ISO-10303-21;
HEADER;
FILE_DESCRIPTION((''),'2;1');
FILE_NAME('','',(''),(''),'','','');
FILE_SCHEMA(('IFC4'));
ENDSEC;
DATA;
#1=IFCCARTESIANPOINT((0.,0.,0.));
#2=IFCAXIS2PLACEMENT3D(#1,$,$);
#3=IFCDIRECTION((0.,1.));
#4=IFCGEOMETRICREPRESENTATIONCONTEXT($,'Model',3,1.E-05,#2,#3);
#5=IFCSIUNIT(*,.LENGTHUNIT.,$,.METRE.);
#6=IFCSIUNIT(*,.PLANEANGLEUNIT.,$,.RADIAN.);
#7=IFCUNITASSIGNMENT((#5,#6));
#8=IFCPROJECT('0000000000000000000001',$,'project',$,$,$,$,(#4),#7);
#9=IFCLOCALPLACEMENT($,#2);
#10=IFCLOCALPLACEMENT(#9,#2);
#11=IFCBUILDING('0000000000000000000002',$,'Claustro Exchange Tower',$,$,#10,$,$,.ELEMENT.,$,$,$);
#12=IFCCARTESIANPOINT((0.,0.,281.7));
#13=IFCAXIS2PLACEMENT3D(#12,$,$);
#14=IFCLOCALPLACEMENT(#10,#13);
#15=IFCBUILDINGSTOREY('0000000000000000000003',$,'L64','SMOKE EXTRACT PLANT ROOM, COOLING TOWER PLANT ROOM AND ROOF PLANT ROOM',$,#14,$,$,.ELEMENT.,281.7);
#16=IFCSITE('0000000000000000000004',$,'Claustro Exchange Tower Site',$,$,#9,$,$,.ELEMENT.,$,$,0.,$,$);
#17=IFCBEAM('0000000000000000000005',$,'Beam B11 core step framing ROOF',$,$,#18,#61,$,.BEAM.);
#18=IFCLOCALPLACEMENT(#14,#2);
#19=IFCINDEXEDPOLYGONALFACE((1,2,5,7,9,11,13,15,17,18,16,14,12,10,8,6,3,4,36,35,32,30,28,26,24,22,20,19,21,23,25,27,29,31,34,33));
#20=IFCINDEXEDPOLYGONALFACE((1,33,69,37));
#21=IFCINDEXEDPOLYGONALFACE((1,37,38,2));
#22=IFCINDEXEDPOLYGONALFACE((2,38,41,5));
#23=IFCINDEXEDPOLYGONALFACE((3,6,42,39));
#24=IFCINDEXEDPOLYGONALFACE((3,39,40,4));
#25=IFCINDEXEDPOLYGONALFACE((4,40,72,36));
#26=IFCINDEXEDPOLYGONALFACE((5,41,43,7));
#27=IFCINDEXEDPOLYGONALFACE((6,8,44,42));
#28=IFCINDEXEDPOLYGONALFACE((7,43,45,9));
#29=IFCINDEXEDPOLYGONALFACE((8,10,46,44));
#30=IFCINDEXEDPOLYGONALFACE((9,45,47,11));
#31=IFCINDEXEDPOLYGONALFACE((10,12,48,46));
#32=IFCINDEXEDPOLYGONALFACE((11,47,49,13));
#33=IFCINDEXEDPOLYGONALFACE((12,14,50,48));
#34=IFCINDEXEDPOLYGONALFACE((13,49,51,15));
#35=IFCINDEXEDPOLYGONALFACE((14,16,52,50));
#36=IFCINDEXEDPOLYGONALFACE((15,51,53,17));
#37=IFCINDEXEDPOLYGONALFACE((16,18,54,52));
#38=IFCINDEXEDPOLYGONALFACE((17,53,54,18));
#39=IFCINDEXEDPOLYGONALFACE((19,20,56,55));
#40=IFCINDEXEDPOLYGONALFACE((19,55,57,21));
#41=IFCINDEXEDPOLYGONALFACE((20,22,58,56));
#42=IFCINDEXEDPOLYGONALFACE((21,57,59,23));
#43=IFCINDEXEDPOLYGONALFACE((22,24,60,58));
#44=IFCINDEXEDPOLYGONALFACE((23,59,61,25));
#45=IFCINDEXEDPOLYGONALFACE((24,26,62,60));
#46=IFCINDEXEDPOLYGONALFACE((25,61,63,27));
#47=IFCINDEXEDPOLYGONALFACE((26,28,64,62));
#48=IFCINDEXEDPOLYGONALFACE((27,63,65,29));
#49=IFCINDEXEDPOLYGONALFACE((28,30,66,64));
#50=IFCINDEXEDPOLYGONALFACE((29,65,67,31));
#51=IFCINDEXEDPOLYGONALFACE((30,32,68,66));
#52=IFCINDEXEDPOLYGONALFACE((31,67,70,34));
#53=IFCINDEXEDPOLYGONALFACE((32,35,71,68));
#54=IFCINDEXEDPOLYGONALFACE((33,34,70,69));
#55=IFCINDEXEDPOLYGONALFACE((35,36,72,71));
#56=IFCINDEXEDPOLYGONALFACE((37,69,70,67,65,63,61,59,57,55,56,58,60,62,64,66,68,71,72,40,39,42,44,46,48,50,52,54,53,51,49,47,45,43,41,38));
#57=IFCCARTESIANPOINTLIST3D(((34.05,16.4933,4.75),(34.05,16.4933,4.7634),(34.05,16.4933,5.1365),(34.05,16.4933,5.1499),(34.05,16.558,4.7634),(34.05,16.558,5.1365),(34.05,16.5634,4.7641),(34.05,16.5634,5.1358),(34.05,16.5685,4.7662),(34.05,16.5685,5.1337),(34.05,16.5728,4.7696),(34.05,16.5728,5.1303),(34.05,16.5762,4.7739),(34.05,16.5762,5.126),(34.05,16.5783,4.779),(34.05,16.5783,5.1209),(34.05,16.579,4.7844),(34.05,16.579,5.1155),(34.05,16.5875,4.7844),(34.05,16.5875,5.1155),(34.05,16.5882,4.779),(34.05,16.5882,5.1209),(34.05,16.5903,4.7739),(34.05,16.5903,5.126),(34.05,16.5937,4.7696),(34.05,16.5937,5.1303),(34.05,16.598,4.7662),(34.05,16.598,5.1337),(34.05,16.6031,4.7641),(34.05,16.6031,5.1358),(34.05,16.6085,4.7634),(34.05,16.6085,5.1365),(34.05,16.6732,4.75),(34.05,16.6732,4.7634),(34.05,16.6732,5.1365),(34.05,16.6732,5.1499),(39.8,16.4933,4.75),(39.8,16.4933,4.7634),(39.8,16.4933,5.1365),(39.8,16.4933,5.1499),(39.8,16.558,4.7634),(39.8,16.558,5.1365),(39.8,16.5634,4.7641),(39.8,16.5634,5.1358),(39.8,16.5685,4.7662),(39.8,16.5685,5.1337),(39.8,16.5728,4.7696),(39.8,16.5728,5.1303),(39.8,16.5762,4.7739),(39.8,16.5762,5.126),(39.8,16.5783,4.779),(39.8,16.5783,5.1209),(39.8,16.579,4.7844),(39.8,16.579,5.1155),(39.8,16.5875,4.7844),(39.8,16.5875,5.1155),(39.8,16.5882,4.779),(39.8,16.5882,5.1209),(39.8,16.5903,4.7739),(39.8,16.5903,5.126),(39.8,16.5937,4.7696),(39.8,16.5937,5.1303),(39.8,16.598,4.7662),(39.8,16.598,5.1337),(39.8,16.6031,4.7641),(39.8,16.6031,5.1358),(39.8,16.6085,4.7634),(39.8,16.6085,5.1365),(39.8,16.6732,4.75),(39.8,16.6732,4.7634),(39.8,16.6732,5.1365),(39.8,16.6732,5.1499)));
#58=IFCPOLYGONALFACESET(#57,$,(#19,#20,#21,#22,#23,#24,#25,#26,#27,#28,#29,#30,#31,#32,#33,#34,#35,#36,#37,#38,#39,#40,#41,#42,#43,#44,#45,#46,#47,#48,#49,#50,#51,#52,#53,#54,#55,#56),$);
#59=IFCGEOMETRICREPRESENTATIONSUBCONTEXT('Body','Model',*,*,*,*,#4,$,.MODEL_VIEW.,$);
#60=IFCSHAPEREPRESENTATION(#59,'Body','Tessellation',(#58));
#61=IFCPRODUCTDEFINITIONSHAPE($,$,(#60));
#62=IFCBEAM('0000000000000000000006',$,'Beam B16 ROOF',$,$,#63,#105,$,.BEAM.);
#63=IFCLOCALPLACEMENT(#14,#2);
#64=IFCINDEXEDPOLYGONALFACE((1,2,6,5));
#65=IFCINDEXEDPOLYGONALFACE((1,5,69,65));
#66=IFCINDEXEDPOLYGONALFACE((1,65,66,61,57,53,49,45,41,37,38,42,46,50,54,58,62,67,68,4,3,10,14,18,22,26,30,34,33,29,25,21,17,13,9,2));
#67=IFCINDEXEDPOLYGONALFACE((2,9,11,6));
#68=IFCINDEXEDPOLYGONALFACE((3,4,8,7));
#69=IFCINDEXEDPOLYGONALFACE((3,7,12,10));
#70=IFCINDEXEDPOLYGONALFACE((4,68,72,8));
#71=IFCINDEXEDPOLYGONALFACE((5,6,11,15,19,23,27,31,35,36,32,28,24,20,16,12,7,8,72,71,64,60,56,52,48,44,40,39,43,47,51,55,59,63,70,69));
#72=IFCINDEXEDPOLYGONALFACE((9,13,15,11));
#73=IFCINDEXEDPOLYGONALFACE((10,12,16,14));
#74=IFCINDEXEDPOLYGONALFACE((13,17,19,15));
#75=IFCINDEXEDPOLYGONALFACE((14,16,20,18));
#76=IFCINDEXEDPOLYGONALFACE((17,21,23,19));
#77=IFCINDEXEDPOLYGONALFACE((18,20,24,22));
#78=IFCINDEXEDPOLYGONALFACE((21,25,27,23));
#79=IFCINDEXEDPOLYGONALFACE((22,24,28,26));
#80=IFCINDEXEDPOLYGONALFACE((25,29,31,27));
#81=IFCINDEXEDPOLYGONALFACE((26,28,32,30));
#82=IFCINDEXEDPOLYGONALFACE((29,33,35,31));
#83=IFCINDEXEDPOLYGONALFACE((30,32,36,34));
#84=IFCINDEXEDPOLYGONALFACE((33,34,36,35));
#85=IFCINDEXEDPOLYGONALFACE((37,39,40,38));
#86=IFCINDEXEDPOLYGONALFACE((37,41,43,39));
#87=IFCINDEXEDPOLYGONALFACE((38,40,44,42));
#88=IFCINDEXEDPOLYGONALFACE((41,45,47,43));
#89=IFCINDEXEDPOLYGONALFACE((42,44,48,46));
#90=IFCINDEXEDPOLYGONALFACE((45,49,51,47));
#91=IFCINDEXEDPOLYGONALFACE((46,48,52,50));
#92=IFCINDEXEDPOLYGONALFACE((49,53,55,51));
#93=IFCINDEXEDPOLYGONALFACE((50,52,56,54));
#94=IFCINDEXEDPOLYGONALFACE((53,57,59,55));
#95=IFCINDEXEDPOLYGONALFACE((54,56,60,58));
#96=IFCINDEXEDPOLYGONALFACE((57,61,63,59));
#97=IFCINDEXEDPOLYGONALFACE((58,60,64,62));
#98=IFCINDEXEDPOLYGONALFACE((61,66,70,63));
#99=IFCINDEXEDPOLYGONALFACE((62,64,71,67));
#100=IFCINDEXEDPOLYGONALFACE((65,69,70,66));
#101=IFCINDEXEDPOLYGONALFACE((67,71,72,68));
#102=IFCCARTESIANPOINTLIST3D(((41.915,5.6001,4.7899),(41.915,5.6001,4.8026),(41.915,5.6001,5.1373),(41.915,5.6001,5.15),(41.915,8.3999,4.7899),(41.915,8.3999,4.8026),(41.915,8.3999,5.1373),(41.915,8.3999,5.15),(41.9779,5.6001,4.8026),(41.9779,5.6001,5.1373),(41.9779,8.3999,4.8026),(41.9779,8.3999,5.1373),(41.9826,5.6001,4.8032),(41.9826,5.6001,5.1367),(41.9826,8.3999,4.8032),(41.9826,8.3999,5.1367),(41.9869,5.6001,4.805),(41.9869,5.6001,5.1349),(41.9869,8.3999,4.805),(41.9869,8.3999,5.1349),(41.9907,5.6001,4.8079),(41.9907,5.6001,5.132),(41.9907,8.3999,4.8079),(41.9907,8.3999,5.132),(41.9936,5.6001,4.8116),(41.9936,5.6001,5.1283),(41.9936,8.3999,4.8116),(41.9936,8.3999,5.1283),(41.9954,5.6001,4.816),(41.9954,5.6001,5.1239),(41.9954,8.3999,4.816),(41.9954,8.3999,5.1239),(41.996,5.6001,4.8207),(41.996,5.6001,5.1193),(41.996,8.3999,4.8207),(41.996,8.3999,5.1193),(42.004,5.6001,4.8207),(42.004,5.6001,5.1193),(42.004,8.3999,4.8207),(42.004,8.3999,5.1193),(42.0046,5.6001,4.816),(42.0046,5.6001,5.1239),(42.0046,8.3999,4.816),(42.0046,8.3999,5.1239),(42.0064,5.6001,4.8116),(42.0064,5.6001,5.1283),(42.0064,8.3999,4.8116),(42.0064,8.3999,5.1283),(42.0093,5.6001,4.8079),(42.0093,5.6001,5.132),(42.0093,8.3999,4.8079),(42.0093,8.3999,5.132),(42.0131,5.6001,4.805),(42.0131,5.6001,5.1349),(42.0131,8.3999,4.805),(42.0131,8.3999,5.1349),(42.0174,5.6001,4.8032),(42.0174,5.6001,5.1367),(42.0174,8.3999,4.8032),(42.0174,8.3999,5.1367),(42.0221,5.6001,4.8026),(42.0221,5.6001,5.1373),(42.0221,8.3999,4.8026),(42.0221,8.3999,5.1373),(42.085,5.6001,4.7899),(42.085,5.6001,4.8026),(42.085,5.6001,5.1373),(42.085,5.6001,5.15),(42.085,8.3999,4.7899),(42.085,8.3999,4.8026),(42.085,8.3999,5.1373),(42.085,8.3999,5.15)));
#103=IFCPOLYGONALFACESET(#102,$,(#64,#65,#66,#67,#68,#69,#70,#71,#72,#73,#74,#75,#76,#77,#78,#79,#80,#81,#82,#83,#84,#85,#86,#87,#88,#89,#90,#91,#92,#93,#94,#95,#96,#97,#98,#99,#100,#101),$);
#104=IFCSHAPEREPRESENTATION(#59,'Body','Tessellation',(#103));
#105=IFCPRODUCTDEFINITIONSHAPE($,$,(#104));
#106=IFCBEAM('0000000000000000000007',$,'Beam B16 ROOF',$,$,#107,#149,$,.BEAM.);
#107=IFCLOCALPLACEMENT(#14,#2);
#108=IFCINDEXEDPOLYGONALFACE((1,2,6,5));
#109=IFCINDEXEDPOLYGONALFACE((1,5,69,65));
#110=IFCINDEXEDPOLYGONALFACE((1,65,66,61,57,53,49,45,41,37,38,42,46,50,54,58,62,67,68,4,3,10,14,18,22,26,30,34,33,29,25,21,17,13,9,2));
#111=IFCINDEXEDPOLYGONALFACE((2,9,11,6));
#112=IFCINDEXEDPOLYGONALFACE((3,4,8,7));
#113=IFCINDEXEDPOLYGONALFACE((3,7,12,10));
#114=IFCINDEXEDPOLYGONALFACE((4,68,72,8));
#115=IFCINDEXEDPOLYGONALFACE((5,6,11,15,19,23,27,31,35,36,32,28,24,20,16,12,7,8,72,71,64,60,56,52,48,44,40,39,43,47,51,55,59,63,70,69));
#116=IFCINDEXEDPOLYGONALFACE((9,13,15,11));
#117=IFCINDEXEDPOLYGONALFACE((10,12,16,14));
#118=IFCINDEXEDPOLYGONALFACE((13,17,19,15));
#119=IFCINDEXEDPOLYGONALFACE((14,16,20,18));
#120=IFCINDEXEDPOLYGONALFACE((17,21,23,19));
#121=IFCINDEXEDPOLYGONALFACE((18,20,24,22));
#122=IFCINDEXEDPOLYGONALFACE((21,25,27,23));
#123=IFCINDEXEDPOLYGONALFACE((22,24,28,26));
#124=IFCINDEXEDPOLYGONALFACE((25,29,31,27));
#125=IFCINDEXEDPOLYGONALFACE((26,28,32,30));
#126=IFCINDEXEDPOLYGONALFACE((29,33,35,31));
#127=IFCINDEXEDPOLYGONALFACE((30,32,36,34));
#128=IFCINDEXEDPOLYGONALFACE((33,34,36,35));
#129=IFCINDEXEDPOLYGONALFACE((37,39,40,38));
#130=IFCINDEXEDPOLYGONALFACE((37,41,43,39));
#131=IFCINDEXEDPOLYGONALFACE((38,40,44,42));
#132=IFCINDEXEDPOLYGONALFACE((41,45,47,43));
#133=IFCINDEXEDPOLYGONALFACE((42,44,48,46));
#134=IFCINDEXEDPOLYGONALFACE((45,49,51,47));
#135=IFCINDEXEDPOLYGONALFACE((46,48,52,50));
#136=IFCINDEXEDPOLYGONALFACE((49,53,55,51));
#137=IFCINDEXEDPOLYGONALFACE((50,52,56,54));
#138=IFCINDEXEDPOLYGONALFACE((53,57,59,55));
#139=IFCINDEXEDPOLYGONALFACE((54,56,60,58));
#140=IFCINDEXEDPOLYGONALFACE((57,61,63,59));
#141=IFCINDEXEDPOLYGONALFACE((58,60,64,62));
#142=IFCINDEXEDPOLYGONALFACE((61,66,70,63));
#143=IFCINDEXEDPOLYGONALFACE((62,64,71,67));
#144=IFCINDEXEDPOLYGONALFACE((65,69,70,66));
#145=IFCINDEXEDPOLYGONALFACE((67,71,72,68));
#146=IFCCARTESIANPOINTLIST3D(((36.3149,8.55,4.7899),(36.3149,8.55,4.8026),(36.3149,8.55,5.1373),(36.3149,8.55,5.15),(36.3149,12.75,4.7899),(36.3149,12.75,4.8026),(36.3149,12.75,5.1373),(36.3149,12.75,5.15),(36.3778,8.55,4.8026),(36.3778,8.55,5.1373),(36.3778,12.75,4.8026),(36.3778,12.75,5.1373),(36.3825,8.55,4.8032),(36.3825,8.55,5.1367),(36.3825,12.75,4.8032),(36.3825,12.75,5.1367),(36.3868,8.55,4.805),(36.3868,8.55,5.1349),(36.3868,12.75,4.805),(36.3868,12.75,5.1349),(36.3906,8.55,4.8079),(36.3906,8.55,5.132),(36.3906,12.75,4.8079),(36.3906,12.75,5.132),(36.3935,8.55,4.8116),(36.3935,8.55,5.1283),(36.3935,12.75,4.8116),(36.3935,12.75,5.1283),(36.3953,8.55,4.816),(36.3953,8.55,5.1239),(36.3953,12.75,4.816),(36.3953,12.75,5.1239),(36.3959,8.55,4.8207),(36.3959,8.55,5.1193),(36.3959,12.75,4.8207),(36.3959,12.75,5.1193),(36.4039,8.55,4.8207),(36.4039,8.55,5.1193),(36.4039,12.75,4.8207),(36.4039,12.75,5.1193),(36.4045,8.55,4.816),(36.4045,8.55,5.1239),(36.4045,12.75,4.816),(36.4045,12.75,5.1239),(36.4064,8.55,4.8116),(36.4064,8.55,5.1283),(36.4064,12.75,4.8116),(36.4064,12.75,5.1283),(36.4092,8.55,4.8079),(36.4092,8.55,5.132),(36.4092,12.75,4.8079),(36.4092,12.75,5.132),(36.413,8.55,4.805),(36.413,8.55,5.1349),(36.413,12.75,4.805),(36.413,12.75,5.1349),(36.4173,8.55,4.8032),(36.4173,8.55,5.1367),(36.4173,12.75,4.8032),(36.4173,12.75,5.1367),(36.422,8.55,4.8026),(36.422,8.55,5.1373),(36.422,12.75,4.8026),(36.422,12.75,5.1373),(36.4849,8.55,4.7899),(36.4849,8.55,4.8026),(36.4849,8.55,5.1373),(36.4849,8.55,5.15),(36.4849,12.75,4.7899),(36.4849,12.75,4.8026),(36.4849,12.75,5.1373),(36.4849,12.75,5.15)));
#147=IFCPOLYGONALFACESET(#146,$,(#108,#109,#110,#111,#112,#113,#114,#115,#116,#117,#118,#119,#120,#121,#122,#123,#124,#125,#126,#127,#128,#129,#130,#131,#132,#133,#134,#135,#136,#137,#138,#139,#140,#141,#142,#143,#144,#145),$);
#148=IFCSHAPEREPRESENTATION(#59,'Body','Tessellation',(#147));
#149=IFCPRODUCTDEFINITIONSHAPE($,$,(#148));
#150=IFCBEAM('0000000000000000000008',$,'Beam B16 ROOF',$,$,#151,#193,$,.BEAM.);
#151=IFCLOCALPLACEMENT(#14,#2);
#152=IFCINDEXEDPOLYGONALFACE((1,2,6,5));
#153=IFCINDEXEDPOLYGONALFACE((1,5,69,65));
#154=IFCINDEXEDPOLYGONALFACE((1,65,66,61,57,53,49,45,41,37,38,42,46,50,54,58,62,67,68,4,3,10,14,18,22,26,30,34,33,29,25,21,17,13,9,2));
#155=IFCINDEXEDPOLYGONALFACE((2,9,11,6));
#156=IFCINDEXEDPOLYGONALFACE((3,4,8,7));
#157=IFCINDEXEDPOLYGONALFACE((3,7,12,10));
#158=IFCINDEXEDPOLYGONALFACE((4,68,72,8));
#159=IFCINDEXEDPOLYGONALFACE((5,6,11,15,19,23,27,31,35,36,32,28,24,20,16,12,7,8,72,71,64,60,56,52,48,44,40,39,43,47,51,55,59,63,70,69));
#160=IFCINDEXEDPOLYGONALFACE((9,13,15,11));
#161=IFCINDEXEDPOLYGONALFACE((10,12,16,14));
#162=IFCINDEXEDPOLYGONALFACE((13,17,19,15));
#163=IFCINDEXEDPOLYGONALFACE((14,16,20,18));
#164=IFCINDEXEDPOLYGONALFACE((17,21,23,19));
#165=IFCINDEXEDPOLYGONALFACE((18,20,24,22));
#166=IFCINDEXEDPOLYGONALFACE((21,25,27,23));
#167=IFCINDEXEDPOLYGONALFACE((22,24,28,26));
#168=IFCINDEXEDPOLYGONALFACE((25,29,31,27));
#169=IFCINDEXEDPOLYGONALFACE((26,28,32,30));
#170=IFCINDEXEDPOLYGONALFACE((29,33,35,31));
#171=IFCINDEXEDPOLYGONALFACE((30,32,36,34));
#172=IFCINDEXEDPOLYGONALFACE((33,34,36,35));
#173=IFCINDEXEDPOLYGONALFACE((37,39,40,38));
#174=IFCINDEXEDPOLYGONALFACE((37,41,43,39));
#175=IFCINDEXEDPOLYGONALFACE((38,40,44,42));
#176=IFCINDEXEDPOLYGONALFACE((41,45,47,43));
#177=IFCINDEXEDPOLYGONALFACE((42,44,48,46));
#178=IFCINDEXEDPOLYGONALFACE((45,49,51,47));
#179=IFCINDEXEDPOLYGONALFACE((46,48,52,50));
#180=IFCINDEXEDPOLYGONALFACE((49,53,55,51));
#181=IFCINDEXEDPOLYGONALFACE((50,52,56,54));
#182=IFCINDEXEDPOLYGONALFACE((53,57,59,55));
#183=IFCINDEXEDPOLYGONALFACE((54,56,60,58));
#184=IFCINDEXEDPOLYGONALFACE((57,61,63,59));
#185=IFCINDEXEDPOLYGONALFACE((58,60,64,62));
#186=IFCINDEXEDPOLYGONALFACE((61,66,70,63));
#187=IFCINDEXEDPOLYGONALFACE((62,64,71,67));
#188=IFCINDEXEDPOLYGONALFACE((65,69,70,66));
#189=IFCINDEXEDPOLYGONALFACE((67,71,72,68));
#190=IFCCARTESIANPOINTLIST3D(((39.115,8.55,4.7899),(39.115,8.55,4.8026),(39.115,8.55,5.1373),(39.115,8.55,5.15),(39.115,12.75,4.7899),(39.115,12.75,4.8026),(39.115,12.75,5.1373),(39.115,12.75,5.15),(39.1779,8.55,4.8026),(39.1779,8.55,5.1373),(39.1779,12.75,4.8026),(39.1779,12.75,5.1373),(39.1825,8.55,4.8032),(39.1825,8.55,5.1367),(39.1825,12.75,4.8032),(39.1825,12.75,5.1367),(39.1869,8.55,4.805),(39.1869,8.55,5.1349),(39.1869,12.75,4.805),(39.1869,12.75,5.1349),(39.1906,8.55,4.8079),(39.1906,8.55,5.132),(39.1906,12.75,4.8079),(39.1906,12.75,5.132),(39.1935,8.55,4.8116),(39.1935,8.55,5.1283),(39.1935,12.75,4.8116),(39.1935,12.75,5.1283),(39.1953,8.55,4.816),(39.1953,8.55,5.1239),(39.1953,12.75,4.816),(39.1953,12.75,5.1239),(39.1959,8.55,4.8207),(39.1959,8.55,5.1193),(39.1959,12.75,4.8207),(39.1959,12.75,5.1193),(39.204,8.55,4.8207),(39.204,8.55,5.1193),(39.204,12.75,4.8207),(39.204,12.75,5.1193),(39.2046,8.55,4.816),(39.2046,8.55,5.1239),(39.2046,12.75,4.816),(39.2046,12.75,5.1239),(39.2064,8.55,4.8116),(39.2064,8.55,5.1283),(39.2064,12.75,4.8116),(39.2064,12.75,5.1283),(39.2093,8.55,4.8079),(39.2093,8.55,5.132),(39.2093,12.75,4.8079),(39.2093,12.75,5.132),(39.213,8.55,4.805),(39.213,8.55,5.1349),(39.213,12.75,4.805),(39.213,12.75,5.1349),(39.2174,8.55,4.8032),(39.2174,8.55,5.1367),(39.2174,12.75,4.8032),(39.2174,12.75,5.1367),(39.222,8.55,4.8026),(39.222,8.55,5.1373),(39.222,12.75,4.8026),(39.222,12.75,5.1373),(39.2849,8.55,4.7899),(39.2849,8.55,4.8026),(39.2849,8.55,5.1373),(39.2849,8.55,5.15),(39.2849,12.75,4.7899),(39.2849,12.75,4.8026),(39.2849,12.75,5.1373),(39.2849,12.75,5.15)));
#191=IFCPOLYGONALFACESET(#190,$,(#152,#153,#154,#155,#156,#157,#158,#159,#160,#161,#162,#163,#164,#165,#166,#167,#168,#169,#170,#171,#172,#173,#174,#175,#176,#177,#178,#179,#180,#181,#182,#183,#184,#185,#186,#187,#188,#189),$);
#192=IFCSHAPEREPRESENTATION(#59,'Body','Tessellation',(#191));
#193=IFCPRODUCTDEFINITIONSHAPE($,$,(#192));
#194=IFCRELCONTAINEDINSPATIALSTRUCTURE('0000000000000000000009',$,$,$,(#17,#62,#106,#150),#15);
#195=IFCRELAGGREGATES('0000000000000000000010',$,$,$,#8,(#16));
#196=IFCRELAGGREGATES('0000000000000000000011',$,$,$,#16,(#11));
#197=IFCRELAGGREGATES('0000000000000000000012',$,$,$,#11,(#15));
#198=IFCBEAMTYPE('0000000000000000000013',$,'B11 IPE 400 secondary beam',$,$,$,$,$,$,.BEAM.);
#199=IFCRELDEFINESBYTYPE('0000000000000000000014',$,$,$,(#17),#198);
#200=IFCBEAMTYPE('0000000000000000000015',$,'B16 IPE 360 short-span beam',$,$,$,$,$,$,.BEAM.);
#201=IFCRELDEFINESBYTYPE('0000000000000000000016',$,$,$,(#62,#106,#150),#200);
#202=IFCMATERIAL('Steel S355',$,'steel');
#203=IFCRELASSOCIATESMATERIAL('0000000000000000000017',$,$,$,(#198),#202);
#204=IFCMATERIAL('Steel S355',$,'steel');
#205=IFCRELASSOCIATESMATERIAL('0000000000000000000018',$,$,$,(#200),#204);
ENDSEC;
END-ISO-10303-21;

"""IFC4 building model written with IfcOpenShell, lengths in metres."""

from ifc_helpers import new_model, si_unit, direction, frame, origin, origin_2d, place, context, subcontext, project, spatial, i_section, extrude, material, material_profile, profile_set, type_object, element, save


model = new_model("IFC4")

# Units and contexts
model_context = context("Model", 3, precision=1e-05, world=origin(), true_north=direction((0.0, 1.0)))
body_context = subcontext(model_context, "Body", "Model", "MODEL_VIEW")
ifc_project = project(units=[si_unit("LENGTHUNIT", "METRE"), si_unit("PLANEANGLEUNIT", "RADIAN")], contexts=[model_context])

# Site, building, storey
site_placement = place(None, origin())
site = spatial("IfcSite", under=ifc_project, at=site_placement, Name="Claustro Exchange Tower Site", CompositionType="ELEMENT", RefElevation=0.0)
building_placement = place(site_placement, origin())
building = spatial("IfcBuilding", under=site, at=building_placement, Name="Claustro Exchange Tower", CompositionType="ELEMENT")
storey_placement = place(building_placement, frame((0.0, 0.0, 281.7)))
storey = spatial("IfcBuildingStorey", under=building, at=storey_placement, Name="L64", Description="SMOKE EXTRACT PLANT ROOM, COOLING TOWER PLANT ROOM AND ROOF PLANT ROOM", CompositionType="ELEMENT", Elevation=281.7)

# Beams
ifc_material_1 = material(Name="Steel S355", Category="steel")
ifc_material_profile_1 = material_profile(ifc_material_1, i_section(OverallWidth=0.1799, OverallDepth=0.3999, WebThickness=0.0085, FlangeThickness=0.0134, FilletRadius=0.021, at=origin_2d()), Name="IPE 400")
ifc_profile_set_1 = profile_set([ifc_material_profile_1], Name="Steel S355")
beam_type_1 = type_object("IfcBeamType", Name="B11 IPE 400 secondary beam", PredefinedType="BEAM", material=ifc_profile_set_1)
beam_1_placement = place(storey_placement, frame((34.05, 16.5833, 4.95), z_axis=(1.0, 0.0, 0.0), x_axis=(0.0, 1.0, 0.0)))
element("IfcBeam", 1, at=beam_1_placement, inside=storey, type_object=beam_type_1, Name="Beam B11 core step framing ROOF", PredefinedType="BEAM", context=body_context, shape_type="SweptSolid", body=[
    extrude(i_section(OverallWidth=0.1799, OverallDepth=0.3999, WebThickness=0.0085, FlangeThickness=0.0134, FilletRadius=0.021, at=origin_2d()), origin(), (0.0, 0.0, 1.0), 5.75),
])
ifc_material_2 = material(Name="Steel S355", Category="steel")
ifc_material_profile_2 = material_profile(ifc_material_2, i_section(OverallWidth=0.1699, OverallDepth=0.3601, WebThickness=0.0081, FlangeThickness=0.0127, FilletRadius=0.0181, at=origin_2d()), Name="IPE 360")
ifc_profile_set_2 = profile_set([ifc_material_profile_2], Name="Steel S355")
beam_type_2 = type_object("IfcBeamType", Name="B16 IPE 360 short-span beam", PredefinedType="BEAM", material=ifc_profile_set_2)
beam_2_placement = place(storey_placement, frame((42.0, 5.6001, 4.97), z_axis=(0.0, 1.0, 0.0), x_axis=(-1.0, 0.0, 0.0)))
element("IfcBeam", 2, at=beam_2_placement, inside=storey, type_object=beam_type_2, Name="Beam B16 ROOF", PredefinedType="BEAM", context=body_context, shape_type="SweptSolid", body=[
    extrude(i_section(OverallWidth=0.1699, OverallDepth=0.3601, WebThickness=0.0081, FlangeThickness=0.0127, FilletRadius=0.0181, at=origin_2d()), origin(), (0.0, 0.0, 1.0), 2.7998),
])
for number, where, z_axis, x_axis, name in (
    (3, (36.3999, 8.55, 4.97), (0.0, 1.0, 0.0), (-1.0, 0.0, 0.0), "Beam B16 ROOF"),
    (4, (39.2, 8.55, 4.97), (0.0, 1.0, 0.0), (-1.0, 0.0, 0.0), "Beam B16 ROOF"),
):
    element("IfcBeam", number, at=place(storey_placement, frame(where, z_axis=z_axis, x_axis=x_axis)), inside=storey, type_object=beam_type_2, Name=name, PredefinedType="BEAM", context=body_context, shape_type="SweptSolid", body=[
        extrude(i_section(OverallWidth=0.1699, OverallDepth=0.3601, WebThickness=0.0081, FlangeThickness=0.0127, FilletRadius=0.0181, at=origin_2d()), origin(), (0.0, 0.0, 1.0), 4.2),
    ])

save(model, "model.ifc")
